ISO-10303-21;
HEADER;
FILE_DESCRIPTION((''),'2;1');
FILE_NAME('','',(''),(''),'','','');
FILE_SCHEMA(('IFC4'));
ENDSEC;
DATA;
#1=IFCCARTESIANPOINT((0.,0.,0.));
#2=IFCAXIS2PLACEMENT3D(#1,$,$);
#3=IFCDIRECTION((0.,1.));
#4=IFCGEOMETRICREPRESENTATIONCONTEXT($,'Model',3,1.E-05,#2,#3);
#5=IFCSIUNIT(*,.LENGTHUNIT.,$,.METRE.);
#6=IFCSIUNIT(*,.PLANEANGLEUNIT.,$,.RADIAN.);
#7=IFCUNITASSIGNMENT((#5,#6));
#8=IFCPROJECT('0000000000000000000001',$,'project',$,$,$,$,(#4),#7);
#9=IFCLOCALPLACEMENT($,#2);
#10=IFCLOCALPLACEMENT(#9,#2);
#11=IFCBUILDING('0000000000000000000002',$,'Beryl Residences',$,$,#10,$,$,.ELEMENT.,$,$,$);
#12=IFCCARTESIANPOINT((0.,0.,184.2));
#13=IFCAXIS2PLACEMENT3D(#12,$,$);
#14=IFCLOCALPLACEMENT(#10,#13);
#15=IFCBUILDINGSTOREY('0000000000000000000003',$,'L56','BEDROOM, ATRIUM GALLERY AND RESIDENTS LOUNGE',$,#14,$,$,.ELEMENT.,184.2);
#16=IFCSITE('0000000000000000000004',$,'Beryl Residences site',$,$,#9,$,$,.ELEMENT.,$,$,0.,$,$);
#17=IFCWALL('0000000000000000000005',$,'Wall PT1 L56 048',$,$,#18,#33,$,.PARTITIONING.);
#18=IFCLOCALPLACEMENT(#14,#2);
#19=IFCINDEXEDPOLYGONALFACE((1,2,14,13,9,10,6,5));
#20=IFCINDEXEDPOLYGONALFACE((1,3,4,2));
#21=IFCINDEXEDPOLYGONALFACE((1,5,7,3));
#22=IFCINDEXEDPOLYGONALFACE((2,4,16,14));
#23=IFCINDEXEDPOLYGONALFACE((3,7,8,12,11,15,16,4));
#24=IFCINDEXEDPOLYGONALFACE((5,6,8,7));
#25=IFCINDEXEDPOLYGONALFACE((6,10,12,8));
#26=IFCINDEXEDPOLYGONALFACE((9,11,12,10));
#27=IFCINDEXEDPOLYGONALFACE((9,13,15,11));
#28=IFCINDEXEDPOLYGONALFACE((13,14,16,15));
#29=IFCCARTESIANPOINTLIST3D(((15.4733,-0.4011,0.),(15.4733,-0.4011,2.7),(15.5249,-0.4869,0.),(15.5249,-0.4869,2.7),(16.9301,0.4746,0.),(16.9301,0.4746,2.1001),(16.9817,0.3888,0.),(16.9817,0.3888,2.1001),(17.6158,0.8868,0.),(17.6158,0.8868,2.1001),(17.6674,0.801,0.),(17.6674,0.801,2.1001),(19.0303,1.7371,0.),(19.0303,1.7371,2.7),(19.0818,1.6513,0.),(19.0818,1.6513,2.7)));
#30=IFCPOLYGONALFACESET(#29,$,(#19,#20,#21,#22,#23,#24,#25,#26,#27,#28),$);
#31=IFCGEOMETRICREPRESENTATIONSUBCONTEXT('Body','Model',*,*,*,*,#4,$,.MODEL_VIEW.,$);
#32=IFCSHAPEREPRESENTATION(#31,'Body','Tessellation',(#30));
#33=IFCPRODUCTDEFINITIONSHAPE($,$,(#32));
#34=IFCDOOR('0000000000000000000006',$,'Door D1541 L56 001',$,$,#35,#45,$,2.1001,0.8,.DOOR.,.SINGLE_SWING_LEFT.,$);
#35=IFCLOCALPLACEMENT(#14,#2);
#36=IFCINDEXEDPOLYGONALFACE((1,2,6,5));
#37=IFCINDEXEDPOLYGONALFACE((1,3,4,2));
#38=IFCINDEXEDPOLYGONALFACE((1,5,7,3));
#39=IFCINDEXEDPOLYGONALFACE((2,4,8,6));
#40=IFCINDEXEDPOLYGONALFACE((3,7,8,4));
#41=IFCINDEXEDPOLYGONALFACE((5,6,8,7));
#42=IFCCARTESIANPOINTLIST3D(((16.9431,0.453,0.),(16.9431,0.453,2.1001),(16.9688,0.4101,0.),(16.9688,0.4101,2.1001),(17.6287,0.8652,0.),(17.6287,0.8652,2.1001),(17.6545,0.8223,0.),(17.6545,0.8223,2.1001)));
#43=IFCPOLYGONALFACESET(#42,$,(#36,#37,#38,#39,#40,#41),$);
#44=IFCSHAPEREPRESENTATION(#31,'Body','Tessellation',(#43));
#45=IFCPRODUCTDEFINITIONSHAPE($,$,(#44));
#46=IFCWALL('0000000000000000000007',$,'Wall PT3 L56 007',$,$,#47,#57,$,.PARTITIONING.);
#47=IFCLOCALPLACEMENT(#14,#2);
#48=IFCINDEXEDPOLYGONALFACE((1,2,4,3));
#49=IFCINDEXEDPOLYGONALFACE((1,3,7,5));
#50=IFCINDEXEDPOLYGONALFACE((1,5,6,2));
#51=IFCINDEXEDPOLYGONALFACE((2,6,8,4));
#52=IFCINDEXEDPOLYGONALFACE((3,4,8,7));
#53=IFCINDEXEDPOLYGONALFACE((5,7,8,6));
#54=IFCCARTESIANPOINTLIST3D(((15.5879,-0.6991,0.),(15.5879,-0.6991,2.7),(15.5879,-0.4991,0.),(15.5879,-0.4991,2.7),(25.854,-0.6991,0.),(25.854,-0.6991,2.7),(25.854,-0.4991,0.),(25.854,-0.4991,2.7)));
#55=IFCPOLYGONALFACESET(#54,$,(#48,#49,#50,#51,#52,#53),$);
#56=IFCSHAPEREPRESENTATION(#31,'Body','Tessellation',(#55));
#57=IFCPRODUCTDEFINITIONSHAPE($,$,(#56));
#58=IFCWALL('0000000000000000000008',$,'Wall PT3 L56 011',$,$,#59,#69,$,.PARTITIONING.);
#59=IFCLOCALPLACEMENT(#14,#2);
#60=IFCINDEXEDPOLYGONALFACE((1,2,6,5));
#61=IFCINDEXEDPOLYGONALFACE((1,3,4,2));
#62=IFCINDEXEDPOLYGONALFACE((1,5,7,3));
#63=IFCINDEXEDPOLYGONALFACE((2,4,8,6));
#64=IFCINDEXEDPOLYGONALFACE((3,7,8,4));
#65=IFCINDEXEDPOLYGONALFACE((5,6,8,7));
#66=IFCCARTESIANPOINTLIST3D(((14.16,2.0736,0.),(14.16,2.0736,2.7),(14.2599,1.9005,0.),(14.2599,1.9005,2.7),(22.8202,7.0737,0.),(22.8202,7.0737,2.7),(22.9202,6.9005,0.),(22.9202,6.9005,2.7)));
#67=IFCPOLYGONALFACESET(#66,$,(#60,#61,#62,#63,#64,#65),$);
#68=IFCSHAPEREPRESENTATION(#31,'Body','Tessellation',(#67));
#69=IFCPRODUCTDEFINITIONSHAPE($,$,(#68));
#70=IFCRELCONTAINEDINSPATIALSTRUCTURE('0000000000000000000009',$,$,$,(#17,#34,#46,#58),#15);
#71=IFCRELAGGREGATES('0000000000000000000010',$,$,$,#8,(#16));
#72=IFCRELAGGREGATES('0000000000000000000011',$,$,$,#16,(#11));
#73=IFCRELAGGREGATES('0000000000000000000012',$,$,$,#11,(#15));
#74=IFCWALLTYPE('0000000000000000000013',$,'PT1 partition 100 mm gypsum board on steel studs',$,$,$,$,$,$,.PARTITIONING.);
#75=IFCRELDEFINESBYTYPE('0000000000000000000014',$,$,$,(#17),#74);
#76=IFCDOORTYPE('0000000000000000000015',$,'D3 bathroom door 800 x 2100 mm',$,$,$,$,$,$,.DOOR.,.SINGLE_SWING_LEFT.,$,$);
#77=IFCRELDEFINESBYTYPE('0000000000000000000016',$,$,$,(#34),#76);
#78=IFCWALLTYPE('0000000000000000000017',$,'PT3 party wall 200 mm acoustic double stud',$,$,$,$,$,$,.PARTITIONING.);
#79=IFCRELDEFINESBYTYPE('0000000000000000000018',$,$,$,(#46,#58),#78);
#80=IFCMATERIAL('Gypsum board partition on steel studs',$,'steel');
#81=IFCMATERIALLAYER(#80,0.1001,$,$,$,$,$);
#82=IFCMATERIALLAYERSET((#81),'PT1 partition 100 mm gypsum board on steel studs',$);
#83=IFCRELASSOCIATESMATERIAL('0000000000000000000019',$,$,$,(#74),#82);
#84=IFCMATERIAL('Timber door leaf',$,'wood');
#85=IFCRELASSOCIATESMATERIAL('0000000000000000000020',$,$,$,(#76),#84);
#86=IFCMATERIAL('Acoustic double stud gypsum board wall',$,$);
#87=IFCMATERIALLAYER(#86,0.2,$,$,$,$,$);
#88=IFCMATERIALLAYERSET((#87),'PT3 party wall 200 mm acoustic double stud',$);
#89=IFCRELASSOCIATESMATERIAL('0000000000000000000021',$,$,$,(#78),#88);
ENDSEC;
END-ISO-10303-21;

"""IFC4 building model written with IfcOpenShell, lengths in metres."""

from ifc_helpers import new_model, si_unit, direction, frame, frame_2d, origin, place, context, subcontext, project, spatial, rectangle, extrude, material, layer, layer_set, type_object, element, fill, save


model = new_model("IFC4")

# Units and contexts
model_context = context("Model", 3, precision=1e-05, world=origin(), true_north=direction((0.0, 1.0)))
body_context = subcontext(model_context, "Body", "Model", "MODEL_VIEW")
ifc_project = project(units=[si_unit("LENGTHUNIT", "METRE"), si_unit("PLANEANGLEUNIT", "RADIAN")], contexts=[model_context])

# Site, building, storey
site_placement = place(None, origin())
site = spatial("IfcSite", under=ifc_project, at=site_placement, Name="Beryl Residences site", CompositionType="ELEMENT", RefElevation=0.0)
building_placement = place(site_placement, origin())
building = spatial("IfcBuilding", under=site, at=building_placement, Name="Beryl Residences", CompositionType="ELEMENT")
storey_placement = place(building_placement, frame((0.0, 0.0, 184.2)))
storey = spatial("IfcBuildingStorey", under=building, at=storey_placement, Name="L56", Description="BEDROOM, ATRIUM GALLERY AND RESIDENTS LOUNGE", CompositionType="ELEMENT", Elevation=184.2)

# Shared definitions
ifc_material_1 = material(Name="Gypsum board partition on steel studs", Category="steel")
ifc_layer_1 = layer(ifc_material_1, 0.1001)
ifc_layer_set_1 = layer_set([ifc_layer_1], Name="PT1 partition 100 mm gypsum board on steel studs")
wall_type_1 = type_object("IfcWallType", Name="PT1 partition 100 mm gypsum board on steel studs", PredefinedType="PARTITIONING", material=ifc_layer_set_1)

# Wall, opening, door
ifc_material_2 = material(Name="Timber door leaf", Category="wood")
door_type_1 = type_object("IfcDoorType", Name="D3 bathroom door 800 x 2100 mm", OperationType="SINGLE_SWING_LEFT", PredefinedType="DOOR", material=ifc_material_2)
wall_1_placement = place(storey_placement, frame((15.499, -0.4441, 0.0), z_axis=(0.0, 0.0, 1.0), x_axis=(0.857062, 0.515214, 0.0)))
wall_1 = element("IfcWall", 1, at=wall_1_placement, inside=storey, type_object=wall_type_1, Name="Wall PT1 L56 048", PredefinedType="PARTITIONING", context=body_context, shape_type="SweptSolid", body=[
    extrude(rectangle(XDim=4.1501, YDim=0.1001, at=frame_2d((2.0752, 0.0))), origin(), (0.0, 0.0, 1.0), 2.7),
])
opening_1_placement = place(wall_1_placement, frame((1.7, 0.0, 0.0)))
opening_1 = element("IfcOpeningElement", 2, at=opening_1_placement, cuts=wall_1, PredefinedType="OPENING", context=body_context, shape_type="SweptSolid", body=[
    extrude(rectangle(XDim=0.8, YDim=2.1001, at=frame_2d((0.3999, 1.05))), frame((0.0, 0.0601, 0.0), z_axis=(0.0, -1.0, 0.0), x_axis=(1.0, 0.0, 0.0)), (0.0, 0.0, 1.0), 0.1201),
])
door_1_placement = place(opening_1_placement, origin())
door_1 = element("IfcDoor", 3, at=door_1_placement, inside=storey, type_object=door_type_1, Name="Door D1541 L56 001", OperationType="SINGLE_SWING_LEFT", OverallHeight=2.1001, OverallWidth=0.8, PredefinedType="DOOR", context=body_context, shape_type="SweptSolid", body=[
    extrude(rectangle(XDim=0.8, YDim=2.1001, at=frame_2d((0.3999, 1.05))), frame((0.0, 0.0249, 0.0), z_axis=(0.0, -1.0, 0.0), x_axis=(1.0, 0.0, 0.0)), (0.0, 0.0, 1.0), 0.05),
])
fill(opening_1, door_1)

# Walls
ifc_material_3 = material(Name="Acoustic double stud gypsum board wall")
ifc_layer_2 = layer(ifc_material_3, 0.2)
ifc_layer_set_2 = layer_set([ifc_layer_2], Name="PT3 party wall 200 mm acoustic double stud")
wall_type_2 = type_object("IfcWallType", Name="PT3 party wall 200 mm acoustic double stud", PredefinedType="PARTITIONING", material=ifc_layer_set_2)
wall_2_placement = place(storey_placement, frame((15.5879, -0.5991, 0.0), z_axis=(0.0, 0.0, 1.0), x_axis=(1.0, 0.0, 0.0)))
element("IfcWall", 4, at=wall_2_placement, inside=storey, type_object=wall_type_2, Name="Wall PT3 L56 007", PredefinedType="PARTITIONING", context=body_context, shape_type="SweptSolid", body=[
    extrude(rectangle(XDim=10.2661, YDim=0.2, at=frame_2d((5.1331, 0.0))), origin(), (0.0, 0.0, 1.0), 2.7),
])
wall_3_placement = place(storey_placement, frame((14.21, 1.9871, 0.0), z_axis=(0.0, 0.0, 1.0), x_axis=(0.866023, 0.500004, 0.0)))
element("IfcWall", 5, at=wall_3_placement, inside=storey, type_object=wall_type_2, Name="Wall PT3 L56 011", PredefinedType="PARTITIONING", context=body_context, shape_type="SweptSolid", body=[
    extrude(rectangle(XDim=10.0, YDim=0.2, at=frame_2d((5.0, 0.0))), origin(), (0.0, 0.0, 1.0), 2.7),
])

save(model, "model.ifc")
